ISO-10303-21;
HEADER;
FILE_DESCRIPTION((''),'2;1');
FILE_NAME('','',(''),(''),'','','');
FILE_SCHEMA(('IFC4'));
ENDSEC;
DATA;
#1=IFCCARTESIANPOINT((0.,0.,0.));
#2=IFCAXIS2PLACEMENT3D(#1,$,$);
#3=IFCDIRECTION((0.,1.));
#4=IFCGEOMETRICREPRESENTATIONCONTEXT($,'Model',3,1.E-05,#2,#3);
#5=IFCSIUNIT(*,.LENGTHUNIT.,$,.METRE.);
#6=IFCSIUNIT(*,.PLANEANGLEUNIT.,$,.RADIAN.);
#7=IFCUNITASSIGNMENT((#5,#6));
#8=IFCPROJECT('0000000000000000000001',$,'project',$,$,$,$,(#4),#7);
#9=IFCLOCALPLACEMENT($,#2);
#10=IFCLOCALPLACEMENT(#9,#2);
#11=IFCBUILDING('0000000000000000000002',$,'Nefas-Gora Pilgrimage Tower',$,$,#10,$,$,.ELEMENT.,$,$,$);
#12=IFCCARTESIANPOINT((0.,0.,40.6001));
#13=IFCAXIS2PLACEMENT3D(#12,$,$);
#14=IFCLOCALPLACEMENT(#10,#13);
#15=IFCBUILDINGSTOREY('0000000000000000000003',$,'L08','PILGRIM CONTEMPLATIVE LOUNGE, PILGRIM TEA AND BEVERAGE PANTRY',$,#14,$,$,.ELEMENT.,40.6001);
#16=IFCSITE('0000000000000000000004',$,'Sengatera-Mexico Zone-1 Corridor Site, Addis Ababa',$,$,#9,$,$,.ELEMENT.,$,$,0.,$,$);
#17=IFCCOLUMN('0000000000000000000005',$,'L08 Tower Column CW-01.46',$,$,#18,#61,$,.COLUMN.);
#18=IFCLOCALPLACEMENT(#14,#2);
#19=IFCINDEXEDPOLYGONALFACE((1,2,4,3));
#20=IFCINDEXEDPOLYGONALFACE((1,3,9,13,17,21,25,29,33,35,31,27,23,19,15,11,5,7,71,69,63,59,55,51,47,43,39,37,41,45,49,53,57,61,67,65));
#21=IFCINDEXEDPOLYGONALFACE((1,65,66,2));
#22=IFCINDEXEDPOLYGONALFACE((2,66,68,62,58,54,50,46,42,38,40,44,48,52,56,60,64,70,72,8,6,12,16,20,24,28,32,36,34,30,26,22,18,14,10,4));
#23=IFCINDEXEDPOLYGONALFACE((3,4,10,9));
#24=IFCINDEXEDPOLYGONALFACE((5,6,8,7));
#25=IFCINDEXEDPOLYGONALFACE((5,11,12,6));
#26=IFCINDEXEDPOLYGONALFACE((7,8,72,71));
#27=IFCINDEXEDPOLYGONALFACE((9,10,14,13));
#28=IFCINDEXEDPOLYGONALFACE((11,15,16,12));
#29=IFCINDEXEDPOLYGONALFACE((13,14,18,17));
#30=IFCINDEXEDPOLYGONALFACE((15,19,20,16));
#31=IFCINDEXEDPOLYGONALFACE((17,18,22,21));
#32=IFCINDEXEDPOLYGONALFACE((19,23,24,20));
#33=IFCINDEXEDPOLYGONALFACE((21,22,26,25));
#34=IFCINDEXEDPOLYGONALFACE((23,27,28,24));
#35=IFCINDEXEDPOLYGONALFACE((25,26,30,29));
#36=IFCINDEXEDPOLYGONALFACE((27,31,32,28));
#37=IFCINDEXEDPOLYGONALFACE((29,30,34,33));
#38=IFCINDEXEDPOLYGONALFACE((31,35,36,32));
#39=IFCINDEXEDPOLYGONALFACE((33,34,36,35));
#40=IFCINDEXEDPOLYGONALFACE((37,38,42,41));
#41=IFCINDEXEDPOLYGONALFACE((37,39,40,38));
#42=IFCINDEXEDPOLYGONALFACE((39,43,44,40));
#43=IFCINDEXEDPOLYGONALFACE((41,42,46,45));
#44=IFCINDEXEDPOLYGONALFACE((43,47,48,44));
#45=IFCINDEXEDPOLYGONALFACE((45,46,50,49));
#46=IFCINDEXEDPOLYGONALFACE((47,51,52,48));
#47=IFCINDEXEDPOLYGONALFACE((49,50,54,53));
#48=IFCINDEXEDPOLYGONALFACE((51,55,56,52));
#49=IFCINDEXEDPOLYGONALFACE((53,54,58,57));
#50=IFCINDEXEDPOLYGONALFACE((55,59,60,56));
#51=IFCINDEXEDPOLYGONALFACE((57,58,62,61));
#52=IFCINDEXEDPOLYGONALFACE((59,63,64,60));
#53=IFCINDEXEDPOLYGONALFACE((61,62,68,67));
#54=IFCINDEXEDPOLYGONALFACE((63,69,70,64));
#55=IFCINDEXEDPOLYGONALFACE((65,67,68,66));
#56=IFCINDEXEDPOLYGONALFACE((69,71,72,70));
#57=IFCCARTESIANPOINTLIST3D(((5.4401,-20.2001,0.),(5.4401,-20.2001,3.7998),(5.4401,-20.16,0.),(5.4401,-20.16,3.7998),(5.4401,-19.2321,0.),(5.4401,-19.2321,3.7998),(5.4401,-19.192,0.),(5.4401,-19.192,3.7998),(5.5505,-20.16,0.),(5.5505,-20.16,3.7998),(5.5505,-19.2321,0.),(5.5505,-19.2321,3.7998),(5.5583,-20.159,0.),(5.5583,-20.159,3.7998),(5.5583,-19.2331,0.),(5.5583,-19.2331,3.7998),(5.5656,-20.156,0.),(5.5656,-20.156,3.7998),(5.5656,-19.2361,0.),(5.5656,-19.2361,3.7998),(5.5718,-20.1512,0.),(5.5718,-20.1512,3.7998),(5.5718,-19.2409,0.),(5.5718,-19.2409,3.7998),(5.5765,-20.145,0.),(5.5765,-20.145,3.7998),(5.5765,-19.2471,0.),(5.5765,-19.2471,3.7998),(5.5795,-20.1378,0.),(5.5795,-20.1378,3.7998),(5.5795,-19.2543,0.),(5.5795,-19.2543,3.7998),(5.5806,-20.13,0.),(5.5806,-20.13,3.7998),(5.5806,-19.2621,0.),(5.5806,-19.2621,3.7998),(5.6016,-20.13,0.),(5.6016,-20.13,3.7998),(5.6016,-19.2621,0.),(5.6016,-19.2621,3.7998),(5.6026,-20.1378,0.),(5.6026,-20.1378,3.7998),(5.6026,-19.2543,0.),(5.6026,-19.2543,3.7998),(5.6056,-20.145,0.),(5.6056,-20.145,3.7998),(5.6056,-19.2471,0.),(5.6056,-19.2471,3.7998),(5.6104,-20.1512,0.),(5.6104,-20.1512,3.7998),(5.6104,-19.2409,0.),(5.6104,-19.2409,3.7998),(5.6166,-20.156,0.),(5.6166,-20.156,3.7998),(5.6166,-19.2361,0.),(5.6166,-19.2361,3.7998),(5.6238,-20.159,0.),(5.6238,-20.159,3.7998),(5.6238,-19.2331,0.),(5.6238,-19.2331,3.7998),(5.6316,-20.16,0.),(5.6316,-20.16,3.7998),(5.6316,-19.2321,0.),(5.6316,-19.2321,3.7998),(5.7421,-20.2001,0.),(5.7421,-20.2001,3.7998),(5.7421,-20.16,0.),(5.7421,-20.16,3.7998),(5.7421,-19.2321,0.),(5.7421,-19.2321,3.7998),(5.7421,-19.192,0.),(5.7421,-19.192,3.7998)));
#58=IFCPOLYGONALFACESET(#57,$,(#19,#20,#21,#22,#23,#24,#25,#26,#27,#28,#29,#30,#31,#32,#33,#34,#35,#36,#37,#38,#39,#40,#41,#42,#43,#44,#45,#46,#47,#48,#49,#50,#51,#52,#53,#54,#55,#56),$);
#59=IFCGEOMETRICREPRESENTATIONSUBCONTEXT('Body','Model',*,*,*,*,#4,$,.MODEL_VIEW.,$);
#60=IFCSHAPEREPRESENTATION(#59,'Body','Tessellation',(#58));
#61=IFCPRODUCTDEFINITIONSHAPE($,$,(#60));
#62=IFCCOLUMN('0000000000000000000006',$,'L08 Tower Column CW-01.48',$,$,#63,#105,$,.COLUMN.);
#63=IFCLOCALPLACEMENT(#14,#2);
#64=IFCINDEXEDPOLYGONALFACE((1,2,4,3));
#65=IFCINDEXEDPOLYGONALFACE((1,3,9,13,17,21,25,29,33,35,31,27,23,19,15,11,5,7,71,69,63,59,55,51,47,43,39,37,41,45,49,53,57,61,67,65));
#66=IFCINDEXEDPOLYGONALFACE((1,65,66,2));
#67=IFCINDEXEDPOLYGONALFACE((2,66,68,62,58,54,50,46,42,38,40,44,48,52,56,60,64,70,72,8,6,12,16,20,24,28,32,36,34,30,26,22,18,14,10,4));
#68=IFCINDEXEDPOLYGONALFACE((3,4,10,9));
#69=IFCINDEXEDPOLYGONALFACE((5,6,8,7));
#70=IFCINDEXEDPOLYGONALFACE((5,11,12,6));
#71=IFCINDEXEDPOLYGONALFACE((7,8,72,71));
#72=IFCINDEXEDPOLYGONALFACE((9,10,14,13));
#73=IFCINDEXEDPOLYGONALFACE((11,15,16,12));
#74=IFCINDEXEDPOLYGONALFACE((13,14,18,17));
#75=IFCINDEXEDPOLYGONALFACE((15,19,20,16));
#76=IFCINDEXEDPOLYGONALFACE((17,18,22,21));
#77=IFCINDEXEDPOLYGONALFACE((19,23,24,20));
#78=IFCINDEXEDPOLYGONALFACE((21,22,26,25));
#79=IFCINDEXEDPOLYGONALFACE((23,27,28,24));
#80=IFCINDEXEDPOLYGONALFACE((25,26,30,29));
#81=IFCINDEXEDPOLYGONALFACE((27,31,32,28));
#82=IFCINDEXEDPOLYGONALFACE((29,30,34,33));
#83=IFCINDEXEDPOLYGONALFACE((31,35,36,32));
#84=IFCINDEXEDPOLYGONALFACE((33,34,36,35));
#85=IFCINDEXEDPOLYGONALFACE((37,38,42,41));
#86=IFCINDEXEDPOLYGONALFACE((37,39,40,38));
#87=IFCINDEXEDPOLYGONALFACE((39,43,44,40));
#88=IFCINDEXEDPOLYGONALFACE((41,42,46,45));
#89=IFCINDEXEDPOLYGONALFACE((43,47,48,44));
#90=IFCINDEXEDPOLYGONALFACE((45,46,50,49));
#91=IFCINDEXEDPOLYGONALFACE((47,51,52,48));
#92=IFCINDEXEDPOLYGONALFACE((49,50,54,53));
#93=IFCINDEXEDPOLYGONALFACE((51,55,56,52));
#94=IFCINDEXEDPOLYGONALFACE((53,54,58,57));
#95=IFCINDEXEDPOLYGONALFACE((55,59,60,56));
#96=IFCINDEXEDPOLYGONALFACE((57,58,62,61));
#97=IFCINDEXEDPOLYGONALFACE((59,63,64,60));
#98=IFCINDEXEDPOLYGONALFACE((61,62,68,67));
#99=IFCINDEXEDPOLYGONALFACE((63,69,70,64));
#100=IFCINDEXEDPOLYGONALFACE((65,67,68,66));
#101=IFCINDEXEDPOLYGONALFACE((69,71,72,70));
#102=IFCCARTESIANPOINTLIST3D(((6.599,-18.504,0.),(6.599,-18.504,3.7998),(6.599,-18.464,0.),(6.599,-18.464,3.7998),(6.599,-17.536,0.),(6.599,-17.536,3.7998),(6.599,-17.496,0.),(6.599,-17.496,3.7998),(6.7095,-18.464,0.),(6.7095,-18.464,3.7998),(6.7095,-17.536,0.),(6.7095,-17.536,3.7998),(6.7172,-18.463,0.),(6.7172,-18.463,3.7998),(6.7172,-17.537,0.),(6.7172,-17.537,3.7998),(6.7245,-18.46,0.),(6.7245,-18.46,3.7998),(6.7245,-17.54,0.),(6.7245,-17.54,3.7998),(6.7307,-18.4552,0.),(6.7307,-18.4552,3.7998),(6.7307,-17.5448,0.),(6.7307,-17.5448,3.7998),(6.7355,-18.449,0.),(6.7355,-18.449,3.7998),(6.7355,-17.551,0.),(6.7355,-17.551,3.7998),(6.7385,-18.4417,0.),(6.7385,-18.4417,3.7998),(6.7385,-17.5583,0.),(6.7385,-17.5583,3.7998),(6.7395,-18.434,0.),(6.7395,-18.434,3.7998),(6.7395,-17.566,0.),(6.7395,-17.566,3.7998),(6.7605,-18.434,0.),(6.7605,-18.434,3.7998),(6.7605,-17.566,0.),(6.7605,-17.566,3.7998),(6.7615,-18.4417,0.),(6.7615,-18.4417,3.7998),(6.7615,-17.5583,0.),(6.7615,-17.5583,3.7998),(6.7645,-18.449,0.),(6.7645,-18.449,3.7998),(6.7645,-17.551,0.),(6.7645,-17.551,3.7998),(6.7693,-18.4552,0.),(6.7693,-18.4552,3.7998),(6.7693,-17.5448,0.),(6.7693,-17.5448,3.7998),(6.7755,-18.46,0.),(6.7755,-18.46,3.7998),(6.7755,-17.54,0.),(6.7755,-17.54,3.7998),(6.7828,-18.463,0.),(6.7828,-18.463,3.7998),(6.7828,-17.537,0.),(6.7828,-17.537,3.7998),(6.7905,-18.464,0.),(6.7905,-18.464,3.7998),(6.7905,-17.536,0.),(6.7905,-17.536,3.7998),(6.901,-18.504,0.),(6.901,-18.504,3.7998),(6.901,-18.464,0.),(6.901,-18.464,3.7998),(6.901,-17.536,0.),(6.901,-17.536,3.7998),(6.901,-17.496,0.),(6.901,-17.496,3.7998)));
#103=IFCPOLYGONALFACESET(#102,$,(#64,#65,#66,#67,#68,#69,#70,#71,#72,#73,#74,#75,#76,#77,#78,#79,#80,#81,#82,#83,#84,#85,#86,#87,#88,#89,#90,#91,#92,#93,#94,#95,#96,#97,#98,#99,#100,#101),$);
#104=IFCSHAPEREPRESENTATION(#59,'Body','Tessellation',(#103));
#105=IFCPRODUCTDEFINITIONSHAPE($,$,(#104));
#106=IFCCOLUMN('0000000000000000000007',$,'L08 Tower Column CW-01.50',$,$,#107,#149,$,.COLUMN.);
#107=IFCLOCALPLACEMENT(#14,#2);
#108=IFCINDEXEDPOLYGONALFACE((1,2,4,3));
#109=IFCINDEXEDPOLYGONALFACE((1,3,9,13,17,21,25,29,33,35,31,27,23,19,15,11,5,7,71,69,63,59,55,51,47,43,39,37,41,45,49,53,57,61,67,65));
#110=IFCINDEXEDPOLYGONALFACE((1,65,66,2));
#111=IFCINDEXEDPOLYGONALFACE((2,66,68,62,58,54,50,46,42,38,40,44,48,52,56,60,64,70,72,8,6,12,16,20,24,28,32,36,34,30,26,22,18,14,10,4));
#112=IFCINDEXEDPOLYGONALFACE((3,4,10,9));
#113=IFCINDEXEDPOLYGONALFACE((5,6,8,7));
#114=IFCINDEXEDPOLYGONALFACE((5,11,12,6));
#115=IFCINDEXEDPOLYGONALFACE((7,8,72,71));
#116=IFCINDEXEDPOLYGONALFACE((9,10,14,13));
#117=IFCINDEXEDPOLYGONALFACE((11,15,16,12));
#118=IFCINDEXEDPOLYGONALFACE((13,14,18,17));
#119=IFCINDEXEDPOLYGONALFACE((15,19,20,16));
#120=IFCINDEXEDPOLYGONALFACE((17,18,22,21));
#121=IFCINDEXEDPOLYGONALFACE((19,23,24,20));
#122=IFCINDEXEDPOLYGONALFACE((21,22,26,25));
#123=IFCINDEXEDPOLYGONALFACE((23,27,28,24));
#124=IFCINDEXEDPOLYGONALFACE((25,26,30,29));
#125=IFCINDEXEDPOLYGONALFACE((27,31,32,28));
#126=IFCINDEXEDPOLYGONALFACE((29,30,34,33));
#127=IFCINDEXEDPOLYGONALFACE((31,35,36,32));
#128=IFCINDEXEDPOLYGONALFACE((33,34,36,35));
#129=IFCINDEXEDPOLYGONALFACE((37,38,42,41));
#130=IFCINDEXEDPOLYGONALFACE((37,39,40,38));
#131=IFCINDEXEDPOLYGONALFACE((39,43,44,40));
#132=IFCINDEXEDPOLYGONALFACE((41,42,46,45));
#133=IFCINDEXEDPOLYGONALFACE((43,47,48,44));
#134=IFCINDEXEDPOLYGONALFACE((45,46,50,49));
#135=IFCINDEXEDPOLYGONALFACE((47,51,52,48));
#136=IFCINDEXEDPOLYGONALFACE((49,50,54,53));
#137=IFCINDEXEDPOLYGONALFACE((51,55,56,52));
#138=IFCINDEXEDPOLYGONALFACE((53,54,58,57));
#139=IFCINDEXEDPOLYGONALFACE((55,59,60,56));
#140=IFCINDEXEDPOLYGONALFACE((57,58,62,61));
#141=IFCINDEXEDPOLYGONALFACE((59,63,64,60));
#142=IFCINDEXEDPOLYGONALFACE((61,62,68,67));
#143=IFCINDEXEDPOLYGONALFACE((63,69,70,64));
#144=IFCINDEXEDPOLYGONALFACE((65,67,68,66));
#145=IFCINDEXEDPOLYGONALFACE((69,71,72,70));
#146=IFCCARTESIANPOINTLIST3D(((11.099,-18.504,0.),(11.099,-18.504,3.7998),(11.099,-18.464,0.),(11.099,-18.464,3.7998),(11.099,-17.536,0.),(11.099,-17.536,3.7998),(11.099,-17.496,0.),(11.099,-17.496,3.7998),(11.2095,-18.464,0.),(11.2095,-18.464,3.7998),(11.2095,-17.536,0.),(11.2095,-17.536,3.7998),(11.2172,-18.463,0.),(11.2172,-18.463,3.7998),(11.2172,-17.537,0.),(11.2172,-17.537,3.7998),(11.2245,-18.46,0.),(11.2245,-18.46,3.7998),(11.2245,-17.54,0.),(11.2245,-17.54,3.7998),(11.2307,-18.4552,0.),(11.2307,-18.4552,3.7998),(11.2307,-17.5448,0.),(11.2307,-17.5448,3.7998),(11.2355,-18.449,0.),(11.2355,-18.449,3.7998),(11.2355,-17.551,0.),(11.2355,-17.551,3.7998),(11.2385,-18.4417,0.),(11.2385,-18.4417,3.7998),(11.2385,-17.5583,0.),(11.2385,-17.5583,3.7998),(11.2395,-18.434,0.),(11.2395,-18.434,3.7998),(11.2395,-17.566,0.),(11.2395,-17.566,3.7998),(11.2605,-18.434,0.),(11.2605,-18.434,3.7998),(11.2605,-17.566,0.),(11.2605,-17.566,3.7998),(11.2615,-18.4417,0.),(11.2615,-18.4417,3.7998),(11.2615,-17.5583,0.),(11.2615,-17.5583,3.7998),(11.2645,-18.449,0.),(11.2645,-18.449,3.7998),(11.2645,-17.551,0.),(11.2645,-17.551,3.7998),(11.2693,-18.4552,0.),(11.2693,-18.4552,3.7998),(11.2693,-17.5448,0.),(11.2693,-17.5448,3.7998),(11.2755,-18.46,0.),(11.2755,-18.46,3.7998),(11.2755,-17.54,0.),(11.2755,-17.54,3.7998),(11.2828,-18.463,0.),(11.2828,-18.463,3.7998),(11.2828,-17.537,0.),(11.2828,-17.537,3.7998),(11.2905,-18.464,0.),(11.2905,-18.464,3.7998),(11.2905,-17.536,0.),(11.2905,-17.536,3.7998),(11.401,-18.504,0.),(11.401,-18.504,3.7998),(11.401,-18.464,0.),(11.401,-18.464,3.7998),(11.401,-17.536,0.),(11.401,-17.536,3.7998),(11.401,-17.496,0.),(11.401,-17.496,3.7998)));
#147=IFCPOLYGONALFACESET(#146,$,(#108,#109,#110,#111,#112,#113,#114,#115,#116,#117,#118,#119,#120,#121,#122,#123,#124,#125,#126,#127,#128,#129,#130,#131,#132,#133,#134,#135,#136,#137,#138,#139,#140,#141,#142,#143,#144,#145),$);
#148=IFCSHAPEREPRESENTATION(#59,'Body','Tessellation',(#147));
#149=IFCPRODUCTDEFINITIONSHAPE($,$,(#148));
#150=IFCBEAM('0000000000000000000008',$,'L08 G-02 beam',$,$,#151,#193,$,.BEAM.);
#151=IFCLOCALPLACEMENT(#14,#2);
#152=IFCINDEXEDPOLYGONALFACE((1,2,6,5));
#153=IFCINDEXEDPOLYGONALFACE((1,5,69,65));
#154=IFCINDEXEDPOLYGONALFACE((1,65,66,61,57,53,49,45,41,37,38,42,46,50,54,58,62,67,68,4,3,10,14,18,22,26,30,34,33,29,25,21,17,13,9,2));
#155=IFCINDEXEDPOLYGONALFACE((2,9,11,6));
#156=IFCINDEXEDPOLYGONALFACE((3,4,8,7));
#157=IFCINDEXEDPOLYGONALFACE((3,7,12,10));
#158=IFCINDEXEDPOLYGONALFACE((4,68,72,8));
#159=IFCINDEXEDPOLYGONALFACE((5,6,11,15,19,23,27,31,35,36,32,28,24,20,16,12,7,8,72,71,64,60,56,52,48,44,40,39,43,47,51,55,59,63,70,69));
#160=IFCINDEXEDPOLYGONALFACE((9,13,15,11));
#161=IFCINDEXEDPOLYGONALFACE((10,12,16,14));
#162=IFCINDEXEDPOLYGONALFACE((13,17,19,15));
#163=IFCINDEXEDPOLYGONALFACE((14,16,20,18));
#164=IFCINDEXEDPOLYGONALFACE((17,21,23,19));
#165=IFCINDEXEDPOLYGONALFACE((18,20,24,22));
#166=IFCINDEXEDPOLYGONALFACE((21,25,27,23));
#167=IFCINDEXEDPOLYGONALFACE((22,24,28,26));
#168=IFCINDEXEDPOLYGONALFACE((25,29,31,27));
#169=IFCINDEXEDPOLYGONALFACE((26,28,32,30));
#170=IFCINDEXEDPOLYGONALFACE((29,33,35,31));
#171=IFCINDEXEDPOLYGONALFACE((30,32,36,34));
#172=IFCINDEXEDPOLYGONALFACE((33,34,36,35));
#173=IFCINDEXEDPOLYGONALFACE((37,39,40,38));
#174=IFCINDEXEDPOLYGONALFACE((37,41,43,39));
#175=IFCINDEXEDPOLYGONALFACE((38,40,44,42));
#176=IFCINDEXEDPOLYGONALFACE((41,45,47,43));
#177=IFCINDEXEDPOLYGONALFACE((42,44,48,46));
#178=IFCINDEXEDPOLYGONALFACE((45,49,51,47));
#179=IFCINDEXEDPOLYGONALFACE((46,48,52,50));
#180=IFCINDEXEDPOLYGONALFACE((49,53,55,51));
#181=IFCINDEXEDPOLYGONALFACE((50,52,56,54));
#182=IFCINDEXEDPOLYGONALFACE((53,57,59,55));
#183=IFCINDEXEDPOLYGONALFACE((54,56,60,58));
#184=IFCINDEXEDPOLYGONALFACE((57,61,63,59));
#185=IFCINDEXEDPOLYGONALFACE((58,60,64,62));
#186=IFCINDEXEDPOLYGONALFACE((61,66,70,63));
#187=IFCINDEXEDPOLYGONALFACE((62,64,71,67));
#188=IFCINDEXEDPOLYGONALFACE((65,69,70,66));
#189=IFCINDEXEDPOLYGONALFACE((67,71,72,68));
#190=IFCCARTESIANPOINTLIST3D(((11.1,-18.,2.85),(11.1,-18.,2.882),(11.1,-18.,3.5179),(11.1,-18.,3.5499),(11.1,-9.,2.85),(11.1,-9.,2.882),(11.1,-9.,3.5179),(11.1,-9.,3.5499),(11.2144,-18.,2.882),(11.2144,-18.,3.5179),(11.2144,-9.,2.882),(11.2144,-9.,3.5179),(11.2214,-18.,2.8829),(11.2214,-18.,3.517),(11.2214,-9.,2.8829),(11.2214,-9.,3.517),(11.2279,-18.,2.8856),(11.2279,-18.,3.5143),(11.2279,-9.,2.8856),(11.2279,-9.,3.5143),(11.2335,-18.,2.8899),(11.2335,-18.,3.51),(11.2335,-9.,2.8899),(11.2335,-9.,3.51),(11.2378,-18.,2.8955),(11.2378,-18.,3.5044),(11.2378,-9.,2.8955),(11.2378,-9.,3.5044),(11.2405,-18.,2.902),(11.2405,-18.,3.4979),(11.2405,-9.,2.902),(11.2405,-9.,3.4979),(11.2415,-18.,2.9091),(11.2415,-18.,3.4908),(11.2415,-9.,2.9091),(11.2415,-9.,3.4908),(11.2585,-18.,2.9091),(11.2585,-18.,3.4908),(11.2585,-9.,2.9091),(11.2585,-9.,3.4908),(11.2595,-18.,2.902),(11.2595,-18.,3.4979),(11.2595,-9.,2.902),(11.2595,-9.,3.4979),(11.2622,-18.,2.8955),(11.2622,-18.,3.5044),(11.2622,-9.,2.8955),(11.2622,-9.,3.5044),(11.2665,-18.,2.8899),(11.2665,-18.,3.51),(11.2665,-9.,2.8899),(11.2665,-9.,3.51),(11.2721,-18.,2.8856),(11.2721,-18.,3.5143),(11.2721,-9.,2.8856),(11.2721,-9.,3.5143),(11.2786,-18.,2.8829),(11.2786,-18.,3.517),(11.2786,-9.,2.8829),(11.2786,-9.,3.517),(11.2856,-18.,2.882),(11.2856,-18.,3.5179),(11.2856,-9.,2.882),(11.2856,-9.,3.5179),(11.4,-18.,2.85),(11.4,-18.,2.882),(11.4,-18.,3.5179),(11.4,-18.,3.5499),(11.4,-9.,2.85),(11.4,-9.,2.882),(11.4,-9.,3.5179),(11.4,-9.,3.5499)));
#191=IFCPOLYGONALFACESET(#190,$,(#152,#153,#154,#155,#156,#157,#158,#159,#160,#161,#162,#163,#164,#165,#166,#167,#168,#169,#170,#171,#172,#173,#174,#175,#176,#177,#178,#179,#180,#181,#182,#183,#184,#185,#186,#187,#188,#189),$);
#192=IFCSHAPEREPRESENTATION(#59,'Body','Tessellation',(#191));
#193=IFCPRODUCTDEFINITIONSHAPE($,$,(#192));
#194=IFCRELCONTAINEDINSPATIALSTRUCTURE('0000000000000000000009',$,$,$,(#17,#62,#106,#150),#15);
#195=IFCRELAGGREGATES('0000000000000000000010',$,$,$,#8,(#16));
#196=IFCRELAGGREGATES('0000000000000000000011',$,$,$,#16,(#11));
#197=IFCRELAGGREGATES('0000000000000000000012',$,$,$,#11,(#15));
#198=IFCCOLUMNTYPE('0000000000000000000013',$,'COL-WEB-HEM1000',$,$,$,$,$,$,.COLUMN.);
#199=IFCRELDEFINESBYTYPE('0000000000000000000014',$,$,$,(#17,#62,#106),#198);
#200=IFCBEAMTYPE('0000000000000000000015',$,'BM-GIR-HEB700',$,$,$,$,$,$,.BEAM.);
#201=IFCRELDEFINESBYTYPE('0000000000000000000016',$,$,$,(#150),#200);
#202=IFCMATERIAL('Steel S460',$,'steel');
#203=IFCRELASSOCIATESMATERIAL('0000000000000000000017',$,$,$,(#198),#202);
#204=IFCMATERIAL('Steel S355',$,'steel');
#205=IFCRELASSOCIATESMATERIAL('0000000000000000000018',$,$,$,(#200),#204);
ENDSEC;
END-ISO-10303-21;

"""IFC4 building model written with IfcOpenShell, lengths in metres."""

from ifc_helpers import new_model, si_unit, direction, frame, origin, origin_2d, place, context, subcontext, project, spatial, i_section, extrude, source, transform, mapped, material, material_profile, profile_set, type_object, element, save


model = new_model("IFC4")

# Units and contexts
model_context = context("Model", 3, precision=1e-05, world=origin(), true_north=direction((0.0, 1.0)))
body_context = subcontext(model_context, "Body", "Model", "MODEL_VIEW")
ifc_project = project(units=[si_unit("LENGTHUNIT", "METRE"), si_unit("PLANEANGLEUNIT", "RADIAN")], contexts=[model_context])

# Site, building, storey
site_placement = place(None, origin())
site = spatial("IfcSite", under=ifc_project, at=site_placement, Name="Sengatera-Mexico Zone-1 Corridor Site, Addis Ababa", CompositionType="ELEMENT", RefElevation=0.0)
building_placement = place(site_placement, origin())
building = spatial("IfcBuilding", under=site, at=building_placement, Name="Nefas-Gora Pilgrimage Tower", CompositionType="ELEMENT")
storey_placement = place(building_placement, frame((0.0, 0.0, 40.6001)))
storey = spatial("IfcBuildingStorey", under=building, at=storey_placement, Name="L08", Description="PILGRIM CONTEMPLATIVE LOUNGE, PILGRIM TEA AND BEVERAGE PANTRY", CompositionType="ELEMENT", Elevation=40.6001)

# Columns
ifc_material_1 = material(Name="Steel S460", Category="steel")
ifc_material_profile_1 = material_profile(ifc_material_1, i_section(OverallWidth=0.302, OverallDepth=1.0081, WebThickness=0.021, FlangeThickness=0.04, FilletRadius=0.03, at=origin_2d()), Name="HEM 1000")
ifc_profile_set_1 = profile_set([ifc_material_profile_1], Name="Steel S460")
column_type_1 = type_object("IfcColumnType", Name="COL-WEB-HEM1000", PredefinedType="COLUMN", material=ifc_profile_set_1)
shared_shape_1 = source(origin(), body_context, "Body", "SweptSolid", [
    extrude(i_section(OverallWidth=0.302, OverallDepth=1.0081, WebThickness=0.021, FlangeThickness=0.04, FilletRadius=0.03, at=origin_2d()), origin(), (0.0, 0.0, 1.0), 3.7998),
])
for number, where, z_axis, x_axis, name in (
    (1, (5.5911, -19.696, 0.0), (0.0, 0.0, 1.0), (1.0, 0.0, 0.0), "L08 Tower Column CW-01.46"),
    (2, (6.75, -18.0, 0.0), (0.0, 0.0, 1.0), (1.0, 0.0, 0.0), "L08 Tower Column CW-01.48"),
    (3, (11.25, -18.0, 0.0), (0.0, 0.0, 1.0), (1.0, 0.0, 0.0), "L08 Tower Column CW-01.50"),
):
    element("IfcColumn", number, at=place(storey_placement, frame(where, z_axis=z_axis, x_axis=x_axis)), inside=storey, type_object=column_type_1, Name=name, PredefinedType="COLUMN", context=body_context, shape_type="MappedRepresentation", body=[
        mapped(shared_shape_1, transform((0.0, 0.0, 0.0), x_axis=(1.0, 0.0, 0.0), y_axis=(0.0, 1.0, 0.0), z_axis=(0.0, 0.0, 1.0), scale=1.0)),
    ])

# Beam
ifc_material_2 = material(Name="Steel S355", Category="steel")
ifc_material_profile_2 = material_profile(ifc_material_2, i_section(OverallWidth=0.3, OverallDepth=0.7, WebThickness=0.0171, FlangeThickness=0.032, FilletRadius=0.0271, at=origin_2d()), Name="HEB 700")
ifc_profile_set_2 = profile_set([ifc_material_profile_2], Name="Steel S355")
beam_type_1 = type_object("IfcBeamType", Name="BM-GIR-HEB700", PredefinedType="BEAM", material=ifc_profile_set_2)
shared_shape_2 = source(origin(), body_context, "Body", "SweptSolid", [
    extrude(i_section(OverallWidth=0.3, OverallDepth=0.7, WebThickness=0.0171, FlangeThickness=0.032, FilletRadius=0.0271, at=origin_2d()), origin(), (0.0, 0.0, 1.0), 9.0),
])
beam_1_placement = place(storey_placement, frame((11.25, -18.0, 3.2), z_axis=(0.0, 1.0, 0.0), x_axis=(-1.0, 0.0, 0.0)))
element("IfcBeam", 4, at=beam_1_placement, inside=storey, type_object=beam_type_1, Name="L08 G-02 beam", PredefinedType="BEAM", context=body_context, shape_type="MappedRepresentation", body=[
    mapped(shared_shape_2, transform((0.0, 0.0, 0.0), x_axis=(1.0, 0.0, 0.0), y_axis=(0.0, 1.0, 0.0), z_axis=(0.0, 0.0, 1.0), scale=1.0)),
])

save(model, "model.ifc")
